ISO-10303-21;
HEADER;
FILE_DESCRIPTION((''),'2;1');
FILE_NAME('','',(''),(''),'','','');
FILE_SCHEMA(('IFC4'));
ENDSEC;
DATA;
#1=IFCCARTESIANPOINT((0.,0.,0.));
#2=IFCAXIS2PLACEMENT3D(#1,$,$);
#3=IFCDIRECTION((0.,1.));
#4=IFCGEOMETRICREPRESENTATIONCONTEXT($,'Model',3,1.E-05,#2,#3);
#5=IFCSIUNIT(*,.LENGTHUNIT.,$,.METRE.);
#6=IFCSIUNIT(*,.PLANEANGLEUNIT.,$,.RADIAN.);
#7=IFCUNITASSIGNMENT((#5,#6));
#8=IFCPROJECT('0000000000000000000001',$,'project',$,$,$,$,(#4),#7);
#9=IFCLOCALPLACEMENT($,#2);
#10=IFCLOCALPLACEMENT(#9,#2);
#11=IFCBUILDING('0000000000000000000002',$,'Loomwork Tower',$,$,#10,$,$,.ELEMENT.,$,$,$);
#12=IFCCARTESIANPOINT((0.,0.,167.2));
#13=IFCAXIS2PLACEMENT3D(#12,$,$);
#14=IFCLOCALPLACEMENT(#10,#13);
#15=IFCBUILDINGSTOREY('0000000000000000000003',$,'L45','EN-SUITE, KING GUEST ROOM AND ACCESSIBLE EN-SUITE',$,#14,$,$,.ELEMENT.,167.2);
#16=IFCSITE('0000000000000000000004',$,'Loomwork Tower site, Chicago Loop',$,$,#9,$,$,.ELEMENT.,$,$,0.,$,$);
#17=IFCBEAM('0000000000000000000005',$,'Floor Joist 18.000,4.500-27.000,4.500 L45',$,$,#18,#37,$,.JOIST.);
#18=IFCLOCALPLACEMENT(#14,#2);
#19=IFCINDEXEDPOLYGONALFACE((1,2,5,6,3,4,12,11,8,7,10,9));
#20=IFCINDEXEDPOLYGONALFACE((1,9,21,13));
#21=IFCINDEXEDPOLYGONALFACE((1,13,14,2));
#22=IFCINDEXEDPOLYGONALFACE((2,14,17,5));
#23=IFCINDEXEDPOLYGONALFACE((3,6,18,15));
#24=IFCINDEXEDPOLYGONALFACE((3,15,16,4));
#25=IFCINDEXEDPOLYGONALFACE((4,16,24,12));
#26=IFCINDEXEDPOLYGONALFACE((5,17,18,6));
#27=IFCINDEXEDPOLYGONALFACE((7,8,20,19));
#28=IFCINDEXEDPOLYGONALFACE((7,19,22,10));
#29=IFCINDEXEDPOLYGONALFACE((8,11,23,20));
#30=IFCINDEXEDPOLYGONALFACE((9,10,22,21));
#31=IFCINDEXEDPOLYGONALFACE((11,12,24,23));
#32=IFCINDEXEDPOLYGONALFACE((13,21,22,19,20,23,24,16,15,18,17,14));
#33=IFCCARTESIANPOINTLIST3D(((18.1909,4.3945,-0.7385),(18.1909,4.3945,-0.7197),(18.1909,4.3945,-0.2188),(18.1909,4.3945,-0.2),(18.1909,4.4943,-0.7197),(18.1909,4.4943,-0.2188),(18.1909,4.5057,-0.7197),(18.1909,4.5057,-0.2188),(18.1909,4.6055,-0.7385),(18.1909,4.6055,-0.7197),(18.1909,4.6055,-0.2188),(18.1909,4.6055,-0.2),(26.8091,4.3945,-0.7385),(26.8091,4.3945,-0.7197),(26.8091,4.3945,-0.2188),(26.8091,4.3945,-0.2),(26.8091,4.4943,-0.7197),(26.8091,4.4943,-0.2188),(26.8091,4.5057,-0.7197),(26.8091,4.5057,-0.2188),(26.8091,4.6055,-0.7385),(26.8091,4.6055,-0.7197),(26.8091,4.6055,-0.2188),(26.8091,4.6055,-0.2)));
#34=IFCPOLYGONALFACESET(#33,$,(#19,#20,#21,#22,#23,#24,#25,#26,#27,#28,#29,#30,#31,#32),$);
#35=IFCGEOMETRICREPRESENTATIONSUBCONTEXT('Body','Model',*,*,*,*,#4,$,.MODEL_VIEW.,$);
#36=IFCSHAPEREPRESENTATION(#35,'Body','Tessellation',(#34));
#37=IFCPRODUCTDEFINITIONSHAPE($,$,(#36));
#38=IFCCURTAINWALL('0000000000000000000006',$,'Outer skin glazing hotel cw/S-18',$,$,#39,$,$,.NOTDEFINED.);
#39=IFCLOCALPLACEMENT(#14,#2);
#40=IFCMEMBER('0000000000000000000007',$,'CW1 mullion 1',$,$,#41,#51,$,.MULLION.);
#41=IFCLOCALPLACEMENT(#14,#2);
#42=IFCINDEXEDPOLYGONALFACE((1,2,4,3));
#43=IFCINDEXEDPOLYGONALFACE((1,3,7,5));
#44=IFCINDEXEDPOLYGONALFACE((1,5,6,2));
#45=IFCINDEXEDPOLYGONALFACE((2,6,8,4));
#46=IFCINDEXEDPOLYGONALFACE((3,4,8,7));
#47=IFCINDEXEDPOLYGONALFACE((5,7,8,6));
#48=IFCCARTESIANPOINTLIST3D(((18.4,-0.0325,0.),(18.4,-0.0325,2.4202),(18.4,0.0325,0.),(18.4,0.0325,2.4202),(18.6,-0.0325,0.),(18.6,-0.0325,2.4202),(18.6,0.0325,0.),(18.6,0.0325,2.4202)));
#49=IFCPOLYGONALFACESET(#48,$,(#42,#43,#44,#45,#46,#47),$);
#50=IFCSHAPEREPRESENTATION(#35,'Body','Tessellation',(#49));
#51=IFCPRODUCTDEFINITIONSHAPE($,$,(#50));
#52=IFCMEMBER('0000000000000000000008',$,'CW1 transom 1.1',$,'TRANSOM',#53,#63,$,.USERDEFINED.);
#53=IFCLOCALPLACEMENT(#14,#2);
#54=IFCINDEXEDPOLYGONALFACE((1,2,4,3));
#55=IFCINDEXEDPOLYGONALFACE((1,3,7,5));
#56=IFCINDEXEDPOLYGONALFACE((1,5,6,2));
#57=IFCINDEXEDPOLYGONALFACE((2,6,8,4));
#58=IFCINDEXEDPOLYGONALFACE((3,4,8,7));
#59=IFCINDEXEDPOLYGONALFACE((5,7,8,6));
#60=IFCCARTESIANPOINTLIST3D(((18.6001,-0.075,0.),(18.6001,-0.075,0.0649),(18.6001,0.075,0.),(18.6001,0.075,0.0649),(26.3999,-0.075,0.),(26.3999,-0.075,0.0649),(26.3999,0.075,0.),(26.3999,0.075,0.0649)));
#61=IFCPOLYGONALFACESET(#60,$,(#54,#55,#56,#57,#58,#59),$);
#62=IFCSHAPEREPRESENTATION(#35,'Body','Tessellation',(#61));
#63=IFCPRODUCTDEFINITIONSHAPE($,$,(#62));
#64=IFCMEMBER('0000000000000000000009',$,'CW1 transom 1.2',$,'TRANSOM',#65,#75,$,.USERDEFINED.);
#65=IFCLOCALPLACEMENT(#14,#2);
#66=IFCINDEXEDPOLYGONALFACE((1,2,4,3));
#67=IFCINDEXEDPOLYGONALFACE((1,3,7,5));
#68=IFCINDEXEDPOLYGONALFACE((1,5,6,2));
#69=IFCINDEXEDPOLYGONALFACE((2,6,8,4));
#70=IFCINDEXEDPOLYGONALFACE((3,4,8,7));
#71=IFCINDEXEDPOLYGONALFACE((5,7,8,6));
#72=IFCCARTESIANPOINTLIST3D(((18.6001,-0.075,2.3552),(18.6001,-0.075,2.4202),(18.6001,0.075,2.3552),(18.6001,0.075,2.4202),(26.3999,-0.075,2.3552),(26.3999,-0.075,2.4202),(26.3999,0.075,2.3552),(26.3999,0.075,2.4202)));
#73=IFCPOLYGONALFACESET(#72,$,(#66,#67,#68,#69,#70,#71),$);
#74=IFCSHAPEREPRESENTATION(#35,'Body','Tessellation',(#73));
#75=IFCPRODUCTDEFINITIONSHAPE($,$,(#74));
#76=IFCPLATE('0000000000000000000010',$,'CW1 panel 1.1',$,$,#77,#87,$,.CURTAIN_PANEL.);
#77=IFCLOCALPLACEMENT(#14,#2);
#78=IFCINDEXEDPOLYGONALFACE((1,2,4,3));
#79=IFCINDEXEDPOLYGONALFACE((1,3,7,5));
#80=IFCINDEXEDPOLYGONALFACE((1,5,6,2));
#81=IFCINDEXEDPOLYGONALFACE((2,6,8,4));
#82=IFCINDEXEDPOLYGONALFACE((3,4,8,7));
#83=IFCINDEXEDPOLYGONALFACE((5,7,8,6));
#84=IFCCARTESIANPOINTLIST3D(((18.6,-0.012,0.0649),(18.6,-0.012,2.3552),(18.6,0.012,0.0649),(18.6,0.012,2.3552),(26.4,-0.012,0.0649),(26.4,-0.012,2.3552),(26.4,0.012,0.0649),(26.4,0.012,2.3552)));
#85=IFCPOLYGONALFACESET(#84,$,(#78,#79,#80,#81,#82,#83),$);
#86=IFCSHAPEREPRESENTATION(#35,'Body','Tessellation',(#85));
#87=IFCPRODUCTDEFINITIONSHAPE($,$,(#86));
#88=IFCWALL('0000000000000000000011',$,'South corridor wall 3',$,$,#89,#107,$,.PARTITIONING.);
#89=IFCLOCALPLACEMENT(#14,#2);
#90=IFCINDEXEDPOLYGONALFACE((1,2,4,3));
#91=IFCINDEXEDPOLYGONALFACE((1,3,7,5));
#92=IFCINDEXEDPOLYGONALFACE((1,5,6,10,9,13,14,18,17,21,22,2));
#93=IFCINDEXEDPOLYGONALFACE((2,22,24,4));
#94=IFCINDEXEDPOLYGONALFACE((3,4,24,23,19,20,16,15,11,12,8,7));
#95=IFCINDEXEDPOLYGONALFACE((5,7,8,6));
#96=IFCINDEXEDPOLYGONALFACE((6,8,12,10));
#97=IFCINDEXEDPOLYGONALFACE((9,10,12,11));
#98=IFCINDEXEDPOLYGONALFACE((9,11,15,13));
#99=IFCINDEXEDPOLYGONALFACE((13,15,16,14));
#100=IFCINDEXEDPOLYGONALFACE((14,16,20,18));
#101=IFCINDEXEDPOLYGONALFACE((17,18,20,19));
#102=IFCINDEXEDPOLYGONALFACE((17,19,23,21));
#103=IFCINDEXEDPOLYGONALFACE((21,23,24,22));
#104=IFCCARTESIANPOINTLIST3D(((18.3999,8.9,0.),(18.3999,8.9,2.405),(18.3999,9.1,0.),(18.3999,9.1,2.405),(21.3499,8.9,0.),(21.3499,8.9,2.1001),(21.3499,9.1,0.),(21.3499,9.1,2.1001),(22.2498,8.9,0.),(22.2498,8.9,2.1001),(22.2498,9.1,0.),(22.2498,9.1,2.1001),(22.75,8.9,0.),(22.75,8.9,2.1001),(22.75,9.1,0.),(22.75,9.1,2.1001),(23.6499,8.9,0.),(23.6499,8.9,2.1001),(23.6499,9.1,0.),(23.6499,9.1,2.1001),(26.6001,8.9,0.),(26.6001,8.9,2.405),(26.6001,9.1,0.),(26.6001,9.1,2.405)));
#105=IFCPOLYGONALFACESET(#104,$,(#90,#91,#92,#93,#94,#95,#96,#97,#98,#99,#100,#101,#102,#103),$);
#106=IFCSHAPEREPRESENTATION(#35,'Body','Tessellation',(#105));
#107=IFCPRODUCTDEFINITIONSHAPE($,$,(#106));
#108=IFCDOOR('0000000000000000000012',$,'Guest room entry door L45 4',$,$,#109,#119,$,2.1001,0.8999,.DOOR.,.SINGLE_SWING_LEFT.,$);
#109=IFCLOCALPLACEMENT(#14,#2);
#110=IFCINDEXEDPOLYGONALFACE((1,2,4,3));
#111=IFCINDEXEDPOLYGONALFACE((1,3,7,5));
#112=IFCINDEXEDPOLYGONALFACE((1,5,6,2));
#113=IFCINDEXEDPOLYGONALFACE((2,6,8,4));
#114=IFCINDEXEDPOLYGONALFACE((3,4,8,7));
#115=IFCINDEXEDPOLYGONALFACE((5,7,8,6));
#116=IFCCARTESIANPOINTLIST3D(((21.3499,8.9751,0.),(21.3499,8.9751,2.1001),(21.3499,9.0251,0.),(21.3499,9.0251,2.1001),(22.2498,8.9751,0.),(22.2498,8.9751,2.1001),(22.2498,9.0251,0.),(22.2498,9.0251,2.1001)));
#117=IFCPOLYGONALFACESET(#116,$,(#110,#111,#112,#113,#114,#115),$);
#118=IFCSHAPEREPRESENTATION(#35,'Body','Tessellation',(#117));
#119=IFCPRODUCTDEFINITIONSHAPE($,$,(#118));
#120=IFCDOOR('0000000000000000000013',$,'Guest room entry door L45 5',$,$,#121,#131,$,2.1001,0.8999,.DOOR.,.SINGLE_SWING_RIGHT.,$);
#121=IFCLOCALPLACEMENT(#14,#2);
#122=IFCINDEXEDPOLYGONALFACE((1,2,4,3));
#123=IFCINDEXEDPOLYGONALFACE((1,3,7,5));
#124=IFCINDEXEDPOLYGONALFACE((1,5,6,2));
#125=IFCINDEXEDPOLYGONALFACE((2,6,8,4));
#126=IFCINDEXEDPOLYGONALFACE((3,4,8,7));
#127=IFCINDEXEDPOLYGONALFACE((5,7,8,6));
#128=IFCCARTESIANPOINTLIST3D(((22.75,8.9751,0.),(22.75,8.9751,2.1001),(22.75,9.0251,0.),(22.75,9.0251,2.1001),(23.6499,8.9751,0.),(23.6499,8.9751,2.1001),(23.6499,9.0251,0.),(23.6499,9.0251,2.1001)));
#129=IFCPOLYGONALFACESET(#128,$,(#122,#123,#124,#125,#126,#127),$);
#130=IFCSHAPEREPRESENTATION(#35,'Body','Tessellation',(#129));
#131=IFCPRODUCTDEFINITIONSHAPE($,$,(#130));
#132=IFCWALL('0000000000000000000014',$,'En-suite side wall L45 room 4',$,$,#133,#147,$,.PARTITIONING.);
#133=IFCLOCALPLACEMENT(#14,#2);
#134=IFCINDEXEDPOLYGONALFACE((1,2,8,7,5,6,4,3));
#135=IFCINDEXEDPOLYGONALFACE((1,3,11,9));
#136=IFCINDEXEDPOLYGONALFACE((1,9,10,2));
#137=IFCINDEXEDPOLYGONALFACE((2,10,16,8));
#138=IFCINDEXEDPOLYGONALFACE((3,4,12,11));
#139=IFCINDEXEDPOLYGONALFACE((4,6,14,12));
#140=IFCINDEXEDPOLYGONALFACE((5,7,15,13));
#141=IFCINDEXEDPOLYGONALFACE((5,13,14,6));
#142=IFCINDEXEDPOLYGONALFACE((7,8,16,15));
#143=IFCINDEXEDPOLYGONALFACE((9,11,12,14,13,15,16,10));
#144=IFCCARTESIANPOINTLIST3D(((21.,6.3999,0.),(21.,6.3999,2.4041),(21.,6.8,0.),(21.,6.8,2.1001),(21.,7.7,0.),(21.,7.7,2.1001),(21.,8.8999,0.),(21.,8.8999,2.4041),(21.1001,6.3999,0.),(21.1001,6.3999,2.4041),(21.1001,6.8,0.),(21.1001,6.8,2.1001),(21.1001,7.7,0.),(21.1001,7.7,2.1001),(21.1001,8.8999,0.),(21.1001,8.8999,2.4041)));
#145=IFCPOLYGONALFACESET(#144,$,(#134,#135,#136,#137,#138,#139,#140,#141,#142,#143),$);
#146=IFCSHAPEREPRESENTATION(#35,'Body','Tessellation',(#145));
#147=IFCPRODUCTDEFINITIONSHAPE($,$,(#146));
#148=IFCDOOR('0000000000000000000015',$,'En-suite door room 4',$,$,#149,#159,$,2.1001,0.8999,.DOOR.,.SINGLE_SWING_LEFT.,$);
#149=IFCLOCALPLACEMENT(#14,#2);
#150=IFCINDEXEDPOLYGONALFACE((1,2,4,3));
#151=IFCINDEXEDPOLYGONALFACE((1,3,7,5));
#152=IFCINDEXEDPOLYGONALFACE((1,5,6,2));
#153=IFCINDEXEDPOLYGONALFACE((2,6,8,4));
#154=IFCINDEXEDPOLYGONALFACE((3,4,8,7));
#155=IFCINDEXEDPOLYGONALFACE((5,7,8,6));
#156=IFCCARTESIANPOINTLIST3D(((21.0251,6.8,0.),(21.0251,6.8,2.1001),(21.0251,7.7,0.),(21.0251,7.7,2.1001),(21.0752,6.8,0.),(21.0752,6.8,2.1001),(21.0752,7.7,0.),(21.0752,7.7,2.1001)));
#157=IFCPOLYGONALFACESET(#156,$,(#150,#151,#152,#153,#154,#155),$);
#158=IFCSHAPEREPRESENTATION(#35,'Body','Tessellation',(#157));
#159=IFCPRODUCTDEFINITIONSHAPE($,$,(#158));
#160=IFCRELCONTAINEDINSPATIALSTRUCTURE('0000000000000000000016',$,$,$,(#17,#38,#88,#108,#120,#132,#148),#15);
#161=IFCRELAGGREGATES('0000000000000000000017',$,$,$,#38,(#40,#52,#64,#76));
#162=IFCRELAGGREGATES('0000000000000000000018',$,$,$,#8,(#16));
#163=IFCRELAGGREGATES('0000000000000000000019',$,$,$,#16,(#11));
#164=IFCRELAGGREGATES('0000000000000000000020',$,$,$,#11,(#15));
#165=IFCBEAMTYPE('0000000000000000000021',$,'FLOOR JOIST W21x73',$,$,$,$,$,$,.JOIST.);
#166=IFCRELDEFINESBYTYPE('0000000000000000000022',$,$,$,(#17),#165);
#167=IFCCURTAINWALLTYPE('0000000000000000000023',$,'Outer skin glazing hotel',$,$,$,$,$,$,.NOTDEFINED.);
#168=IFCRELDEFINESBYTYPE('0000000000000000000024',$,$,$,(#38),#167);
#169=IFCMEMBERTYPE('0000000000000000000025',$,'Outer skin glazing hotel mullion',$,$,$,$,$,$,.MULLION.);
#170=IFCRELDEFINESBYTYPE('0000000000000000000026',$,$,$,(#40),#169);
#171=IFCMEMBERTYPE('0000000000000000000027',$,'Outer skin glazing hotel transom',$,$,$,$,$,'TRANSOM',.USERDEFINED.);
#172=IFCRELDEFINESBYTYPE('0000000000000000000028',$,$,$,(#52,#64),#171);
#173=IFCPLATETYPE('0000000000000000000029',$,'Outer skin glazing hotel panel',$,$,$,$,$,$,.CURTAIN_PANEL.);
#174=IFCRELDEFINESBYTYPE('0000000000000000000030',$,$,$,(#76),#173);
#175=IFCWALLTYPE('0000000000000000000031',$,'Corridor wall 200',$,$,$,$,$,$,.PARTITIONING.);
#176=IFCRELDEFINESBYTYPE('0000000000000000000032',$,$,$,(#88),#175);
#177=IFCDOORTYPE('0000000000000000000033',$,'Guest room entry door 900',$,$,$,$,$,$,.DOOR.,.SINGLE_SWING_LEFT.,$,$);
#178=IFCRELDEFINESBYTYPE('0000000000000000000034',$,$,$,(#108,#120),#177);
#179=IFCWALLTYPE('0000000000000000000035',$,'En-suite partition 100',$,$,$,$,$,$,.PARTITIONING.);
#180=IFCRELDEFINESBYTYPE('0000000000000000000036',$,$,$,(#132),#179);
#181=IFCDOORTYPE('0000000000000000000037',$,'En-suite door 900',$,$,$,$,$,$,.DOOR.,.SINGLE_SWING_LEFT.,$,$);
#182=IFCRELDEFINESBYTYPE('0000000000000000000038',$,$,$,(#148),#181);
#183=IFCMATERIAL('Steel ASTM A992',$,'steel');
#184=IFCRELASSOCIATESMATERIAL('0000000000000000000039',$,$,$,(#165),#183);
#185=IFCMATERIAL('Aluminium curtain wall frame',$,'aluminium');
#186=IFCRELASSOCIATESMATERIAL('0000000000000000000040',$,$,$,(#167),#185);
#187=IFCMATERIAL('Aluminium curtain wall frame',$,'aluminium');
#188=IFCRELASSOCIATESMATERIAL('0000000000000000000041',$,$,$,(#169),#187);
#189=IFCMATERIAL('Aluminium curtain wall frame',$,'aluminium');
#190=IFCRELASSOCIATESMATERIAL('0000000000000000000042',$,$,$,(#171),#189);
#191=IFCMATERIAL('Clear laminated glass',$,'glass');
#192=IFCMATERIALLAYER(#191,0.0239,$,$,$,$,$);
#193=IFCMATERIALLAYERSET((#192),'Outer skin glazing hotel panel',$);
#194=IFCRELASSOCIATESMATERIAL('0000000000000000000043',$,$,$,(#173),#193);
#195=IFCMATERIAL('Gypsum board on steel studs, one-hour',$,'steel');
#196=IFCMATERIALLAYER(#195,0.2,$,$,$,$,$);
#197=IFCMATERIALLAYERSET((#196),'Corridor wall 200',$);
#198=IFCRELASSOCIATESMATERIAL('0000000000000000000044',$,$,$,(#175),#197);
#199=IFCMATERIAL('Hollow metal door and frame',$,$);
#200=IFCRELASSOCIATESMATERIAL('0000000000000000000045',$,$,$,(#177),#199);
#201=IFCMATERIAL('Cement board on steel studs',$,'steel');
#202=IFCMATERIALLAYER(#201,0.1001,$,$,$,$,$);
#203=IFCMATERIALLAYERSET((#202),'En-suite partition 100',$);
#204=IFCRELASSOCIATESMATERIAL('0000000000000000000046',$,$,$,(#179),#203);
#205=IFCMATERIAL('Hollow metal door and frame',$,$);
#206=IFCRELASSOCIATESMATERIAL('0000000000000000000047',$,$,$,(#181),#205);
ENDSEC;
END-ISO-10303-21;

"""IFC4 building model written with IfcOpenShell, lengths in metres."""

from ifc_helpers import new_model, si_unit, direction, frame, frame_2d, origin, origin_2d, place, context, subcontext, project, spatial, rectangle, i_section, extrude, material, layer, layer_set, material_profile, profile_set, type_object, element, fill, aggregate, save


model = new_model("IFC4")

# Units and contexts
model_context = context("Model", 3, precision=1e-05, world=origin(), true_north=direction((0.0, 1.0)))
body_context = subcontext(model_context, "Body", "Model", "MODEL_VIEW")
ifc_project = project(units=[si_unit("LENGTHUNIT", "METRE"), si_unit("PLANEANGLEUNIT", "RADIAN")], contexts=[model_context])

# Site, building, storey
site_placement = place(None, origin())
site = spatial("IfcSite", under=ifc_project, at=site_placement, Name="Loomwork Tower site, Chicago Loop", CompositionType="ELEMENT", RefElevation=0.0)
building_placement = place(site_placement, origin())
building = spatial("IfcBuilding", under=site, at=building_placement, Name="Loomwork Tower", CompositionType="ELEMENT")
storey_placement = place(building_placement, frame((0.0, 0.0, 167.2)))
storey = spatial("IfcBuildingStorey", under=building, at=storey_placement, Name="L45", Description="EN-SUITE, KING GUEST ROOM AND ACCESSIBLE EN-SUITE", CompositionType="ELEMENT", Elevation=167.2)

# Beam
ifc_material_1 = material(Name="Steel ASTM A992", Category="steel")
ifc_material_profile_1 = material_profile(ifc_material_1, i_section(OverallWidth=0.2109, OverallDepth=0.5386, WebThickness=0.0115, FlangeThickness=0.0188, at=origin_2d()), Name="W21x73")
ifc_profile_set_1 = profile_set([ifc_material_profile_1], Name="Steel ASTM A992")
beam_type = type_object("IfcBeamType", Name="FLOOR JOIST W21x73", PredefinedType="JOIST", material=ifc_profile_set_1)
beam_placement = place(storey_placement, frame((18.1909, 4.5, -0.4692), z_axis=(1.0, 0.0, 0.0), x_axis=(0.0, 1.0, 0.0)))
element("IfcBeam", 1, at=beam_placement, inside=storey, type_object=beam_type, Name="Floor Joist 18.000,4.500-27.000,4.500 L45", PredefinedType="JOIST", context=body_context, shape_type="SweptSolid", body=[
    extrude(i_section(OverallWidth=0.2109, OverallDepth=0.5386, WebThickness=0.0115, FlangeThickness=0.0188, at=origin_2d()), origin(), (0.0, 0.0, 1.0), 8.6182),
])

# Curtain wall, members, plate
ifc_material_2 = material(Name="Aluminium curtain wall frame", Category="aluminium")
curtain_wall_type = type_object("IfcCurtainWallType", Name="Outer skin glazing hotel", PredefinedType="NOTDEFINED", material=ifc_material_2)
curtain_wall_placement = place(storey_placement, origin())
curtain_wall = element("IfcCurtainWall", 2, at=curtain_wall_placement, inside=storey, type_object=curtain_wall_type, Name="Outer skin glazing hotel cw/S-18", PredefinedType="NOTDEFINED")
ifc_material_3 = material(Name="Aluminium curtain wall frame", Category="aluminium")
ifc_material_profile_2 = material_profile(ifc_material_3, rectangle(XDim=0.0649, YDim=0.2, at=origin_2d()), Name="AL 65x200")
ifc_profile_set_2 = profile_set([ifc_material_profile_2], Name="Aluminium curtain wall frame")
member_type_1 = type_object("IfcMemberType", Name="Outer skin glazing hotel mullion", PredefinedType="MULLION", material=ifc_profile_set_2)
member_1_placement = place(storey_placement, frame((18.5, 0.0, 0.0), z_axis=(0.0, 0.0, 1.0), x_axis=(0.0, 1.0, 0.0)))
member_1 = element("IfcMember", 3, at=member_1_placement, type_object=member_type_1, Name="CW1 mullion 1", PredefinedType="MULLION", context=body_context, shape_type="SweptSolid", body=[
    extrude(rectangle(XDim=0.0649, YDim=0.2, at=origin_2d()), origin(), (0.0, 0.0, 1.0), 2.4202),
])
ifc_material_4 = material(Name="Aluminium curtain wall frame", Category="aluminium")
ifc_material_profile_3 = material_profile(ifc_material_4, rectangle(XDim=0.1499, YDim=0.0649, at=origin_2d()), Name="AL 65x150")
ifc_profile_set_3 = profile_set([ifc_material_profile_3], Name="Aluminium curtain wall frame")
member_type_2 = type_object("IfcMemberType", Name="Outer skin glazing hotel transom", ElementType="TRANSOM", PredefinedType="USERDEFINED", material=ifc_profile_set_3)
member_2_placement = place(storey_placement, frame((18.6001, 0.0, 0.0325), z_axis=(1.0, 0.0, 0.0), x_axis=(0.0, 1.0, 0.0)))
member_2 = element("IfcMember", 4, at=member_2_placement, type_object=member_type_2, Name="CW1 transom 1.1", ObjectType="TRANSOM", PredefinedType="USERDEFINED", context=body_context, shape_type="SweptSolid", body=[
    extrude(rectangle(XDim=0.1499, YDim=0.0649, at=origin_2d()), origin(), (0.0, 0.0, 1.0), 7.7998),
])
member_3_placement = place(storey_placement, frame((18.6001, 0.0, 2.3877), z_axis=(1.0, 0.0, 0.0), x_axis=(0.0, 1.0, 0.0)))
member_3 = element("IfcMember", 5, at=member_3_placement, type_object=member_type_2, Name="CW1 transom 1.2", ObjectType="TRANSOM", PredefinedType="USERDEFINED", context=body_context, shape_type="SweptSolid", body=[
    extrude(rectangle(XDim=0.1499, YDim=0.0649, at=origin_2d()), origin(), (0.0, 0.0, 1.0), 7.7998),
])
ifc_material_5 = material(Name="Clear laminated glass", Category="glass")
ifc_layer_1 = layer(ifc_material_5, 0.0239)
ifc_layer_set_1 = layer_set([ifc_layer_1], Name="Outer skin glazing hotel panel")
plate_type = type_object("IfcPlateType", Name="Outer skin glazing hotel panel", PredefinedType="CURTAIN_PANEL", material=ifc_layer_set_1)
plate_placement = place(storey_placement, frame((22.5, 0.0, 0.0649), z_axis=(0.0, 0.0, 1.0), x_axis=(1.0, 0.0, 0.0)))
plate = element("IfcPlate", 6, at=plate_placement, type_object=plate_type, Name="CW1 panel 1.1", PredefinedType="CURTAIN_PANEL", context=body_context, shape_type="SweptSolid", body=[
    extrude(rectangle(XDim=7.8, YDim=0.0239, at=origin_2d()), origin(), (0.0, 0.0, 1.0), 2.2903),
])
aggregate(curtain_wall, [member_1, member_2, member_3, plate])

# Wall, openings, doors
ifc_material_6 = material(Name="Gypsum board on steel studs, one-hour", Category="steel")
ifc_layer_2 = layer(ifc_material_6, 0.2)
ifc_layer_set_2 = layer_set([ifc_layer_2], Name="Corridor wall 200")
wall_type_1 = type_object("IfcWallType", Name="Corridor wall 200", PredefinedType="PARTITIONING", material=ifc_layer_set_2)
wall_1_placement = place(storey_placement, frame((18.3999, 9.0, 0.0), z_axis=(0.0, 0.0, 1.0), x_axis=(1.0, 0.0, 0.0)))
wall_1 = element("IfcWall", 7, at=wall_1_placement, inside=storey, type_object=wall_type_1, Name="South corridor wall 3", PredefinedType="PARTITIONING", context=body_context, shape_type="SweptSolid", body=[
    extrude(rectangle(XDim=8.2002, YDim=0.2, at=frame_2d((4.1001, 0.0))), origin(), (0.0, 0.0, 1.0), 2.405),
])
opening_1_placement = place(wall_1_placement, frame((2.95, 0.0, 0.0)))
opening_1 = element("IfcOpeningElement", 8, at=opening_1_placement, cuts=wall_1, PredefinedType="OPENING", context=body_context, shape_type="SweptSolid", body=[
    extrude(rectangle(XDim=0.8999, YDim=2.1001, at=frame_2d((0.45, 1.05))), frame((0.0, 0.1099, 0.0), z_axis=(0.0, -1.0, 0.0), x_axis=(1.0, 0.0, 0.0)), (0.0, 0.0, 1.0), 0.22),
])
opening_2_placement = place(wall_1_placement, frame((4.3501, 0.0, 0.0)))
opening_2 = element("IfcOpeningElement", 9, at=opening_2_placement, cuts=wall_1, PredefinedType="OPENING", context=body_context, shape_type="SweptSolid", body=[
    extrude(rectangle(XDim=0.8999, YDim=2.1001, at=frame_2d((0.45, 1.05))), frame((0.0, 0.1099, 0.0), z_axis=(0.0, -1.0, 0.0), x_axis=(1.0, 0.0, 0.0)), (0.0, 0.0, 1.0), 0.22),
])
ifc_material_7 = material(Name="Hollow metal door and frame")
door_type_1 = type_object("IfcDoorType", Name="Guest room entry door 900", OperationType="SINGLE_SWING_LEFT", PredefinedType="DOOR", material=ifc_material_7)
door_1_placement = place(opening_1_placement, frame((0.8999, 0.0, 0.0), z_axis=(0.0, 0.0, 1.0), x_axis=(-1.0, 0.0, 0.0)))
door_1 = element("IfcDoor", 10, at=door_1_placement, inside=storey, type_object=door_type_1, Name="Guest room entry door L45 4", OperationType="SINGLE_SWING_LEFT", OverallHeight=2.1001, OverallWidth=0.8999, PredefinedType="DOOR", context=body_context, shape_type="SweptSolid", body=[
    extrude(rectangle(XDim=0.8999, YDim=2.1001, at=frame_2d((0.45, 1.05))), frame((0.0, 0.0249, 0.0), z_axis=(0.0, -1.0, 0.0), x_axis=(1.0, 0.0, 0.0)), (0.0, 0.0, 1.0), 0.05),
])
fill(opening_1, door_1)
door_2_placement = place(opening_2_placement, frame((0.8999, 0.0, 0.0), z_axis=(0.0, 0.0, 1.0), x_axis=(-1.0, 0.0, 0.0)))
door_2 = element("IfcDoor", 11, at=door_2_placement, inside=storey, type_object=door_type_1, Name="Guest room entry door L45 5", OperationType="SINGLE_SWING_RIGHT", OverallHeight=2.1001, OverallWidth=0.8999, PredefinedType="DOOR", context=body_context, shape_type="SweptSolid", body=[
    extrude(rectangle(XDim=0.8999, YDim=2.1001, at=frame_2d((0.45, 1.05))), frame((0.0, 0.0249, 0.0), z_axis=(0.0, -1.0, 0.0), x_axis=(1.0, 0.0, 0.0)), (0.0, 0.0, 1.0), 0.05),
])
fill(opening_2, door_2)

# Wall, opening, door
ifc_material_8 = material(Name="Cement board on steel studs", Category="steel")
ifc_layer_3 = layer(ifc_material_8, 0.1001)
ifc_layer_set_3 = layer_set([ifc_layer_3], Name="En-suite partition 100")
wall_type_2 = type_object("IfcWallType", Name="En-suite partition 100", PredefinedType="PARTITIONING", material=ifc_layer_set_3)
wall_2_placement = place(storey_placement, frame((21.05, 8.8999, 0.0), z_axis=(0.0, 0.0, 1.0), x_axis=(0.0, -1.0, 0.0)))
wall_2 = element("IfcWall", 12, at=wall_2_placement, inside=storey, type_object=wall_type_2, Name="En-suite side wall L45 room 4", PredefinedType="PARTITIONING", context=body_context, shape_type="SweptSolid", body=[
    extrude(rectangle(XDim=2.5, YDim=0.1001, at=frame_2d((1.25, 0.0))), origin(), (0.0, 0.0, 1.0), 2.4041),
])
opening_3_placement = place(wall_2_placement, frame((1.2, 0.0, 0.0)))
opening_3 = element("IfcOpeningElement", 13, at=opening_3_placement, cuts=wall_2, PredefinedType="OPENING", context=body_context, shape_type="SweptSolid", body=[
    extrude(rectangle(XDim=0.8999, YDim=2.1001, at=frame_2d((0.45, 1.05))), frame((0.0, 0.0601, 0.0), z_axis=(0.0, -1.0, 0.0), x_axis=(1.0, 0.0, 0.0)), (0.0, 0.0, 1.0), 0.1201),
])
ifc_material_9 = material(Name="Hollow metal door and frame")
door_type_2 = type_object("IfcDoorType", Name="En-suite door 900", OperationType="SINGLE_SWING_LEFT", PredefinedType="DOOR", material=ifc_material_9)
door_3_placement = place(opening_3_placement, frame((0.8999, 0.0, 0.0), z_axis=(0.0, 0.0, 1.0), x_axis=(-1.0, 0.0, 0.0)))
door_3 = element("IfcDoor", 14, at=door_3_placement, inside=storey, type_object=door_type_2, Name="En-suite door room 4", OperationType="SINGLE_SWING_LEFT", OverallHeight=2.1001, OverallWidth=0.8999, PredefinedType="DOOR", context=body_context, shape_type="SweptSolid", body=[
    extrude(rectangle(XDim=0.8999, YDim=2.1001, at=frame_2d((0.45, 1.05))), frame((0.0, 0.0249, 0.0), z_axis=(0.0, -1.0, 0.0), x_axis=(1.0, 0.0, 0.0)), (0.0, 0.0, 1.0), 0.05),
])
fill(opening_3, door_3)

save(model, "model.ifc")
